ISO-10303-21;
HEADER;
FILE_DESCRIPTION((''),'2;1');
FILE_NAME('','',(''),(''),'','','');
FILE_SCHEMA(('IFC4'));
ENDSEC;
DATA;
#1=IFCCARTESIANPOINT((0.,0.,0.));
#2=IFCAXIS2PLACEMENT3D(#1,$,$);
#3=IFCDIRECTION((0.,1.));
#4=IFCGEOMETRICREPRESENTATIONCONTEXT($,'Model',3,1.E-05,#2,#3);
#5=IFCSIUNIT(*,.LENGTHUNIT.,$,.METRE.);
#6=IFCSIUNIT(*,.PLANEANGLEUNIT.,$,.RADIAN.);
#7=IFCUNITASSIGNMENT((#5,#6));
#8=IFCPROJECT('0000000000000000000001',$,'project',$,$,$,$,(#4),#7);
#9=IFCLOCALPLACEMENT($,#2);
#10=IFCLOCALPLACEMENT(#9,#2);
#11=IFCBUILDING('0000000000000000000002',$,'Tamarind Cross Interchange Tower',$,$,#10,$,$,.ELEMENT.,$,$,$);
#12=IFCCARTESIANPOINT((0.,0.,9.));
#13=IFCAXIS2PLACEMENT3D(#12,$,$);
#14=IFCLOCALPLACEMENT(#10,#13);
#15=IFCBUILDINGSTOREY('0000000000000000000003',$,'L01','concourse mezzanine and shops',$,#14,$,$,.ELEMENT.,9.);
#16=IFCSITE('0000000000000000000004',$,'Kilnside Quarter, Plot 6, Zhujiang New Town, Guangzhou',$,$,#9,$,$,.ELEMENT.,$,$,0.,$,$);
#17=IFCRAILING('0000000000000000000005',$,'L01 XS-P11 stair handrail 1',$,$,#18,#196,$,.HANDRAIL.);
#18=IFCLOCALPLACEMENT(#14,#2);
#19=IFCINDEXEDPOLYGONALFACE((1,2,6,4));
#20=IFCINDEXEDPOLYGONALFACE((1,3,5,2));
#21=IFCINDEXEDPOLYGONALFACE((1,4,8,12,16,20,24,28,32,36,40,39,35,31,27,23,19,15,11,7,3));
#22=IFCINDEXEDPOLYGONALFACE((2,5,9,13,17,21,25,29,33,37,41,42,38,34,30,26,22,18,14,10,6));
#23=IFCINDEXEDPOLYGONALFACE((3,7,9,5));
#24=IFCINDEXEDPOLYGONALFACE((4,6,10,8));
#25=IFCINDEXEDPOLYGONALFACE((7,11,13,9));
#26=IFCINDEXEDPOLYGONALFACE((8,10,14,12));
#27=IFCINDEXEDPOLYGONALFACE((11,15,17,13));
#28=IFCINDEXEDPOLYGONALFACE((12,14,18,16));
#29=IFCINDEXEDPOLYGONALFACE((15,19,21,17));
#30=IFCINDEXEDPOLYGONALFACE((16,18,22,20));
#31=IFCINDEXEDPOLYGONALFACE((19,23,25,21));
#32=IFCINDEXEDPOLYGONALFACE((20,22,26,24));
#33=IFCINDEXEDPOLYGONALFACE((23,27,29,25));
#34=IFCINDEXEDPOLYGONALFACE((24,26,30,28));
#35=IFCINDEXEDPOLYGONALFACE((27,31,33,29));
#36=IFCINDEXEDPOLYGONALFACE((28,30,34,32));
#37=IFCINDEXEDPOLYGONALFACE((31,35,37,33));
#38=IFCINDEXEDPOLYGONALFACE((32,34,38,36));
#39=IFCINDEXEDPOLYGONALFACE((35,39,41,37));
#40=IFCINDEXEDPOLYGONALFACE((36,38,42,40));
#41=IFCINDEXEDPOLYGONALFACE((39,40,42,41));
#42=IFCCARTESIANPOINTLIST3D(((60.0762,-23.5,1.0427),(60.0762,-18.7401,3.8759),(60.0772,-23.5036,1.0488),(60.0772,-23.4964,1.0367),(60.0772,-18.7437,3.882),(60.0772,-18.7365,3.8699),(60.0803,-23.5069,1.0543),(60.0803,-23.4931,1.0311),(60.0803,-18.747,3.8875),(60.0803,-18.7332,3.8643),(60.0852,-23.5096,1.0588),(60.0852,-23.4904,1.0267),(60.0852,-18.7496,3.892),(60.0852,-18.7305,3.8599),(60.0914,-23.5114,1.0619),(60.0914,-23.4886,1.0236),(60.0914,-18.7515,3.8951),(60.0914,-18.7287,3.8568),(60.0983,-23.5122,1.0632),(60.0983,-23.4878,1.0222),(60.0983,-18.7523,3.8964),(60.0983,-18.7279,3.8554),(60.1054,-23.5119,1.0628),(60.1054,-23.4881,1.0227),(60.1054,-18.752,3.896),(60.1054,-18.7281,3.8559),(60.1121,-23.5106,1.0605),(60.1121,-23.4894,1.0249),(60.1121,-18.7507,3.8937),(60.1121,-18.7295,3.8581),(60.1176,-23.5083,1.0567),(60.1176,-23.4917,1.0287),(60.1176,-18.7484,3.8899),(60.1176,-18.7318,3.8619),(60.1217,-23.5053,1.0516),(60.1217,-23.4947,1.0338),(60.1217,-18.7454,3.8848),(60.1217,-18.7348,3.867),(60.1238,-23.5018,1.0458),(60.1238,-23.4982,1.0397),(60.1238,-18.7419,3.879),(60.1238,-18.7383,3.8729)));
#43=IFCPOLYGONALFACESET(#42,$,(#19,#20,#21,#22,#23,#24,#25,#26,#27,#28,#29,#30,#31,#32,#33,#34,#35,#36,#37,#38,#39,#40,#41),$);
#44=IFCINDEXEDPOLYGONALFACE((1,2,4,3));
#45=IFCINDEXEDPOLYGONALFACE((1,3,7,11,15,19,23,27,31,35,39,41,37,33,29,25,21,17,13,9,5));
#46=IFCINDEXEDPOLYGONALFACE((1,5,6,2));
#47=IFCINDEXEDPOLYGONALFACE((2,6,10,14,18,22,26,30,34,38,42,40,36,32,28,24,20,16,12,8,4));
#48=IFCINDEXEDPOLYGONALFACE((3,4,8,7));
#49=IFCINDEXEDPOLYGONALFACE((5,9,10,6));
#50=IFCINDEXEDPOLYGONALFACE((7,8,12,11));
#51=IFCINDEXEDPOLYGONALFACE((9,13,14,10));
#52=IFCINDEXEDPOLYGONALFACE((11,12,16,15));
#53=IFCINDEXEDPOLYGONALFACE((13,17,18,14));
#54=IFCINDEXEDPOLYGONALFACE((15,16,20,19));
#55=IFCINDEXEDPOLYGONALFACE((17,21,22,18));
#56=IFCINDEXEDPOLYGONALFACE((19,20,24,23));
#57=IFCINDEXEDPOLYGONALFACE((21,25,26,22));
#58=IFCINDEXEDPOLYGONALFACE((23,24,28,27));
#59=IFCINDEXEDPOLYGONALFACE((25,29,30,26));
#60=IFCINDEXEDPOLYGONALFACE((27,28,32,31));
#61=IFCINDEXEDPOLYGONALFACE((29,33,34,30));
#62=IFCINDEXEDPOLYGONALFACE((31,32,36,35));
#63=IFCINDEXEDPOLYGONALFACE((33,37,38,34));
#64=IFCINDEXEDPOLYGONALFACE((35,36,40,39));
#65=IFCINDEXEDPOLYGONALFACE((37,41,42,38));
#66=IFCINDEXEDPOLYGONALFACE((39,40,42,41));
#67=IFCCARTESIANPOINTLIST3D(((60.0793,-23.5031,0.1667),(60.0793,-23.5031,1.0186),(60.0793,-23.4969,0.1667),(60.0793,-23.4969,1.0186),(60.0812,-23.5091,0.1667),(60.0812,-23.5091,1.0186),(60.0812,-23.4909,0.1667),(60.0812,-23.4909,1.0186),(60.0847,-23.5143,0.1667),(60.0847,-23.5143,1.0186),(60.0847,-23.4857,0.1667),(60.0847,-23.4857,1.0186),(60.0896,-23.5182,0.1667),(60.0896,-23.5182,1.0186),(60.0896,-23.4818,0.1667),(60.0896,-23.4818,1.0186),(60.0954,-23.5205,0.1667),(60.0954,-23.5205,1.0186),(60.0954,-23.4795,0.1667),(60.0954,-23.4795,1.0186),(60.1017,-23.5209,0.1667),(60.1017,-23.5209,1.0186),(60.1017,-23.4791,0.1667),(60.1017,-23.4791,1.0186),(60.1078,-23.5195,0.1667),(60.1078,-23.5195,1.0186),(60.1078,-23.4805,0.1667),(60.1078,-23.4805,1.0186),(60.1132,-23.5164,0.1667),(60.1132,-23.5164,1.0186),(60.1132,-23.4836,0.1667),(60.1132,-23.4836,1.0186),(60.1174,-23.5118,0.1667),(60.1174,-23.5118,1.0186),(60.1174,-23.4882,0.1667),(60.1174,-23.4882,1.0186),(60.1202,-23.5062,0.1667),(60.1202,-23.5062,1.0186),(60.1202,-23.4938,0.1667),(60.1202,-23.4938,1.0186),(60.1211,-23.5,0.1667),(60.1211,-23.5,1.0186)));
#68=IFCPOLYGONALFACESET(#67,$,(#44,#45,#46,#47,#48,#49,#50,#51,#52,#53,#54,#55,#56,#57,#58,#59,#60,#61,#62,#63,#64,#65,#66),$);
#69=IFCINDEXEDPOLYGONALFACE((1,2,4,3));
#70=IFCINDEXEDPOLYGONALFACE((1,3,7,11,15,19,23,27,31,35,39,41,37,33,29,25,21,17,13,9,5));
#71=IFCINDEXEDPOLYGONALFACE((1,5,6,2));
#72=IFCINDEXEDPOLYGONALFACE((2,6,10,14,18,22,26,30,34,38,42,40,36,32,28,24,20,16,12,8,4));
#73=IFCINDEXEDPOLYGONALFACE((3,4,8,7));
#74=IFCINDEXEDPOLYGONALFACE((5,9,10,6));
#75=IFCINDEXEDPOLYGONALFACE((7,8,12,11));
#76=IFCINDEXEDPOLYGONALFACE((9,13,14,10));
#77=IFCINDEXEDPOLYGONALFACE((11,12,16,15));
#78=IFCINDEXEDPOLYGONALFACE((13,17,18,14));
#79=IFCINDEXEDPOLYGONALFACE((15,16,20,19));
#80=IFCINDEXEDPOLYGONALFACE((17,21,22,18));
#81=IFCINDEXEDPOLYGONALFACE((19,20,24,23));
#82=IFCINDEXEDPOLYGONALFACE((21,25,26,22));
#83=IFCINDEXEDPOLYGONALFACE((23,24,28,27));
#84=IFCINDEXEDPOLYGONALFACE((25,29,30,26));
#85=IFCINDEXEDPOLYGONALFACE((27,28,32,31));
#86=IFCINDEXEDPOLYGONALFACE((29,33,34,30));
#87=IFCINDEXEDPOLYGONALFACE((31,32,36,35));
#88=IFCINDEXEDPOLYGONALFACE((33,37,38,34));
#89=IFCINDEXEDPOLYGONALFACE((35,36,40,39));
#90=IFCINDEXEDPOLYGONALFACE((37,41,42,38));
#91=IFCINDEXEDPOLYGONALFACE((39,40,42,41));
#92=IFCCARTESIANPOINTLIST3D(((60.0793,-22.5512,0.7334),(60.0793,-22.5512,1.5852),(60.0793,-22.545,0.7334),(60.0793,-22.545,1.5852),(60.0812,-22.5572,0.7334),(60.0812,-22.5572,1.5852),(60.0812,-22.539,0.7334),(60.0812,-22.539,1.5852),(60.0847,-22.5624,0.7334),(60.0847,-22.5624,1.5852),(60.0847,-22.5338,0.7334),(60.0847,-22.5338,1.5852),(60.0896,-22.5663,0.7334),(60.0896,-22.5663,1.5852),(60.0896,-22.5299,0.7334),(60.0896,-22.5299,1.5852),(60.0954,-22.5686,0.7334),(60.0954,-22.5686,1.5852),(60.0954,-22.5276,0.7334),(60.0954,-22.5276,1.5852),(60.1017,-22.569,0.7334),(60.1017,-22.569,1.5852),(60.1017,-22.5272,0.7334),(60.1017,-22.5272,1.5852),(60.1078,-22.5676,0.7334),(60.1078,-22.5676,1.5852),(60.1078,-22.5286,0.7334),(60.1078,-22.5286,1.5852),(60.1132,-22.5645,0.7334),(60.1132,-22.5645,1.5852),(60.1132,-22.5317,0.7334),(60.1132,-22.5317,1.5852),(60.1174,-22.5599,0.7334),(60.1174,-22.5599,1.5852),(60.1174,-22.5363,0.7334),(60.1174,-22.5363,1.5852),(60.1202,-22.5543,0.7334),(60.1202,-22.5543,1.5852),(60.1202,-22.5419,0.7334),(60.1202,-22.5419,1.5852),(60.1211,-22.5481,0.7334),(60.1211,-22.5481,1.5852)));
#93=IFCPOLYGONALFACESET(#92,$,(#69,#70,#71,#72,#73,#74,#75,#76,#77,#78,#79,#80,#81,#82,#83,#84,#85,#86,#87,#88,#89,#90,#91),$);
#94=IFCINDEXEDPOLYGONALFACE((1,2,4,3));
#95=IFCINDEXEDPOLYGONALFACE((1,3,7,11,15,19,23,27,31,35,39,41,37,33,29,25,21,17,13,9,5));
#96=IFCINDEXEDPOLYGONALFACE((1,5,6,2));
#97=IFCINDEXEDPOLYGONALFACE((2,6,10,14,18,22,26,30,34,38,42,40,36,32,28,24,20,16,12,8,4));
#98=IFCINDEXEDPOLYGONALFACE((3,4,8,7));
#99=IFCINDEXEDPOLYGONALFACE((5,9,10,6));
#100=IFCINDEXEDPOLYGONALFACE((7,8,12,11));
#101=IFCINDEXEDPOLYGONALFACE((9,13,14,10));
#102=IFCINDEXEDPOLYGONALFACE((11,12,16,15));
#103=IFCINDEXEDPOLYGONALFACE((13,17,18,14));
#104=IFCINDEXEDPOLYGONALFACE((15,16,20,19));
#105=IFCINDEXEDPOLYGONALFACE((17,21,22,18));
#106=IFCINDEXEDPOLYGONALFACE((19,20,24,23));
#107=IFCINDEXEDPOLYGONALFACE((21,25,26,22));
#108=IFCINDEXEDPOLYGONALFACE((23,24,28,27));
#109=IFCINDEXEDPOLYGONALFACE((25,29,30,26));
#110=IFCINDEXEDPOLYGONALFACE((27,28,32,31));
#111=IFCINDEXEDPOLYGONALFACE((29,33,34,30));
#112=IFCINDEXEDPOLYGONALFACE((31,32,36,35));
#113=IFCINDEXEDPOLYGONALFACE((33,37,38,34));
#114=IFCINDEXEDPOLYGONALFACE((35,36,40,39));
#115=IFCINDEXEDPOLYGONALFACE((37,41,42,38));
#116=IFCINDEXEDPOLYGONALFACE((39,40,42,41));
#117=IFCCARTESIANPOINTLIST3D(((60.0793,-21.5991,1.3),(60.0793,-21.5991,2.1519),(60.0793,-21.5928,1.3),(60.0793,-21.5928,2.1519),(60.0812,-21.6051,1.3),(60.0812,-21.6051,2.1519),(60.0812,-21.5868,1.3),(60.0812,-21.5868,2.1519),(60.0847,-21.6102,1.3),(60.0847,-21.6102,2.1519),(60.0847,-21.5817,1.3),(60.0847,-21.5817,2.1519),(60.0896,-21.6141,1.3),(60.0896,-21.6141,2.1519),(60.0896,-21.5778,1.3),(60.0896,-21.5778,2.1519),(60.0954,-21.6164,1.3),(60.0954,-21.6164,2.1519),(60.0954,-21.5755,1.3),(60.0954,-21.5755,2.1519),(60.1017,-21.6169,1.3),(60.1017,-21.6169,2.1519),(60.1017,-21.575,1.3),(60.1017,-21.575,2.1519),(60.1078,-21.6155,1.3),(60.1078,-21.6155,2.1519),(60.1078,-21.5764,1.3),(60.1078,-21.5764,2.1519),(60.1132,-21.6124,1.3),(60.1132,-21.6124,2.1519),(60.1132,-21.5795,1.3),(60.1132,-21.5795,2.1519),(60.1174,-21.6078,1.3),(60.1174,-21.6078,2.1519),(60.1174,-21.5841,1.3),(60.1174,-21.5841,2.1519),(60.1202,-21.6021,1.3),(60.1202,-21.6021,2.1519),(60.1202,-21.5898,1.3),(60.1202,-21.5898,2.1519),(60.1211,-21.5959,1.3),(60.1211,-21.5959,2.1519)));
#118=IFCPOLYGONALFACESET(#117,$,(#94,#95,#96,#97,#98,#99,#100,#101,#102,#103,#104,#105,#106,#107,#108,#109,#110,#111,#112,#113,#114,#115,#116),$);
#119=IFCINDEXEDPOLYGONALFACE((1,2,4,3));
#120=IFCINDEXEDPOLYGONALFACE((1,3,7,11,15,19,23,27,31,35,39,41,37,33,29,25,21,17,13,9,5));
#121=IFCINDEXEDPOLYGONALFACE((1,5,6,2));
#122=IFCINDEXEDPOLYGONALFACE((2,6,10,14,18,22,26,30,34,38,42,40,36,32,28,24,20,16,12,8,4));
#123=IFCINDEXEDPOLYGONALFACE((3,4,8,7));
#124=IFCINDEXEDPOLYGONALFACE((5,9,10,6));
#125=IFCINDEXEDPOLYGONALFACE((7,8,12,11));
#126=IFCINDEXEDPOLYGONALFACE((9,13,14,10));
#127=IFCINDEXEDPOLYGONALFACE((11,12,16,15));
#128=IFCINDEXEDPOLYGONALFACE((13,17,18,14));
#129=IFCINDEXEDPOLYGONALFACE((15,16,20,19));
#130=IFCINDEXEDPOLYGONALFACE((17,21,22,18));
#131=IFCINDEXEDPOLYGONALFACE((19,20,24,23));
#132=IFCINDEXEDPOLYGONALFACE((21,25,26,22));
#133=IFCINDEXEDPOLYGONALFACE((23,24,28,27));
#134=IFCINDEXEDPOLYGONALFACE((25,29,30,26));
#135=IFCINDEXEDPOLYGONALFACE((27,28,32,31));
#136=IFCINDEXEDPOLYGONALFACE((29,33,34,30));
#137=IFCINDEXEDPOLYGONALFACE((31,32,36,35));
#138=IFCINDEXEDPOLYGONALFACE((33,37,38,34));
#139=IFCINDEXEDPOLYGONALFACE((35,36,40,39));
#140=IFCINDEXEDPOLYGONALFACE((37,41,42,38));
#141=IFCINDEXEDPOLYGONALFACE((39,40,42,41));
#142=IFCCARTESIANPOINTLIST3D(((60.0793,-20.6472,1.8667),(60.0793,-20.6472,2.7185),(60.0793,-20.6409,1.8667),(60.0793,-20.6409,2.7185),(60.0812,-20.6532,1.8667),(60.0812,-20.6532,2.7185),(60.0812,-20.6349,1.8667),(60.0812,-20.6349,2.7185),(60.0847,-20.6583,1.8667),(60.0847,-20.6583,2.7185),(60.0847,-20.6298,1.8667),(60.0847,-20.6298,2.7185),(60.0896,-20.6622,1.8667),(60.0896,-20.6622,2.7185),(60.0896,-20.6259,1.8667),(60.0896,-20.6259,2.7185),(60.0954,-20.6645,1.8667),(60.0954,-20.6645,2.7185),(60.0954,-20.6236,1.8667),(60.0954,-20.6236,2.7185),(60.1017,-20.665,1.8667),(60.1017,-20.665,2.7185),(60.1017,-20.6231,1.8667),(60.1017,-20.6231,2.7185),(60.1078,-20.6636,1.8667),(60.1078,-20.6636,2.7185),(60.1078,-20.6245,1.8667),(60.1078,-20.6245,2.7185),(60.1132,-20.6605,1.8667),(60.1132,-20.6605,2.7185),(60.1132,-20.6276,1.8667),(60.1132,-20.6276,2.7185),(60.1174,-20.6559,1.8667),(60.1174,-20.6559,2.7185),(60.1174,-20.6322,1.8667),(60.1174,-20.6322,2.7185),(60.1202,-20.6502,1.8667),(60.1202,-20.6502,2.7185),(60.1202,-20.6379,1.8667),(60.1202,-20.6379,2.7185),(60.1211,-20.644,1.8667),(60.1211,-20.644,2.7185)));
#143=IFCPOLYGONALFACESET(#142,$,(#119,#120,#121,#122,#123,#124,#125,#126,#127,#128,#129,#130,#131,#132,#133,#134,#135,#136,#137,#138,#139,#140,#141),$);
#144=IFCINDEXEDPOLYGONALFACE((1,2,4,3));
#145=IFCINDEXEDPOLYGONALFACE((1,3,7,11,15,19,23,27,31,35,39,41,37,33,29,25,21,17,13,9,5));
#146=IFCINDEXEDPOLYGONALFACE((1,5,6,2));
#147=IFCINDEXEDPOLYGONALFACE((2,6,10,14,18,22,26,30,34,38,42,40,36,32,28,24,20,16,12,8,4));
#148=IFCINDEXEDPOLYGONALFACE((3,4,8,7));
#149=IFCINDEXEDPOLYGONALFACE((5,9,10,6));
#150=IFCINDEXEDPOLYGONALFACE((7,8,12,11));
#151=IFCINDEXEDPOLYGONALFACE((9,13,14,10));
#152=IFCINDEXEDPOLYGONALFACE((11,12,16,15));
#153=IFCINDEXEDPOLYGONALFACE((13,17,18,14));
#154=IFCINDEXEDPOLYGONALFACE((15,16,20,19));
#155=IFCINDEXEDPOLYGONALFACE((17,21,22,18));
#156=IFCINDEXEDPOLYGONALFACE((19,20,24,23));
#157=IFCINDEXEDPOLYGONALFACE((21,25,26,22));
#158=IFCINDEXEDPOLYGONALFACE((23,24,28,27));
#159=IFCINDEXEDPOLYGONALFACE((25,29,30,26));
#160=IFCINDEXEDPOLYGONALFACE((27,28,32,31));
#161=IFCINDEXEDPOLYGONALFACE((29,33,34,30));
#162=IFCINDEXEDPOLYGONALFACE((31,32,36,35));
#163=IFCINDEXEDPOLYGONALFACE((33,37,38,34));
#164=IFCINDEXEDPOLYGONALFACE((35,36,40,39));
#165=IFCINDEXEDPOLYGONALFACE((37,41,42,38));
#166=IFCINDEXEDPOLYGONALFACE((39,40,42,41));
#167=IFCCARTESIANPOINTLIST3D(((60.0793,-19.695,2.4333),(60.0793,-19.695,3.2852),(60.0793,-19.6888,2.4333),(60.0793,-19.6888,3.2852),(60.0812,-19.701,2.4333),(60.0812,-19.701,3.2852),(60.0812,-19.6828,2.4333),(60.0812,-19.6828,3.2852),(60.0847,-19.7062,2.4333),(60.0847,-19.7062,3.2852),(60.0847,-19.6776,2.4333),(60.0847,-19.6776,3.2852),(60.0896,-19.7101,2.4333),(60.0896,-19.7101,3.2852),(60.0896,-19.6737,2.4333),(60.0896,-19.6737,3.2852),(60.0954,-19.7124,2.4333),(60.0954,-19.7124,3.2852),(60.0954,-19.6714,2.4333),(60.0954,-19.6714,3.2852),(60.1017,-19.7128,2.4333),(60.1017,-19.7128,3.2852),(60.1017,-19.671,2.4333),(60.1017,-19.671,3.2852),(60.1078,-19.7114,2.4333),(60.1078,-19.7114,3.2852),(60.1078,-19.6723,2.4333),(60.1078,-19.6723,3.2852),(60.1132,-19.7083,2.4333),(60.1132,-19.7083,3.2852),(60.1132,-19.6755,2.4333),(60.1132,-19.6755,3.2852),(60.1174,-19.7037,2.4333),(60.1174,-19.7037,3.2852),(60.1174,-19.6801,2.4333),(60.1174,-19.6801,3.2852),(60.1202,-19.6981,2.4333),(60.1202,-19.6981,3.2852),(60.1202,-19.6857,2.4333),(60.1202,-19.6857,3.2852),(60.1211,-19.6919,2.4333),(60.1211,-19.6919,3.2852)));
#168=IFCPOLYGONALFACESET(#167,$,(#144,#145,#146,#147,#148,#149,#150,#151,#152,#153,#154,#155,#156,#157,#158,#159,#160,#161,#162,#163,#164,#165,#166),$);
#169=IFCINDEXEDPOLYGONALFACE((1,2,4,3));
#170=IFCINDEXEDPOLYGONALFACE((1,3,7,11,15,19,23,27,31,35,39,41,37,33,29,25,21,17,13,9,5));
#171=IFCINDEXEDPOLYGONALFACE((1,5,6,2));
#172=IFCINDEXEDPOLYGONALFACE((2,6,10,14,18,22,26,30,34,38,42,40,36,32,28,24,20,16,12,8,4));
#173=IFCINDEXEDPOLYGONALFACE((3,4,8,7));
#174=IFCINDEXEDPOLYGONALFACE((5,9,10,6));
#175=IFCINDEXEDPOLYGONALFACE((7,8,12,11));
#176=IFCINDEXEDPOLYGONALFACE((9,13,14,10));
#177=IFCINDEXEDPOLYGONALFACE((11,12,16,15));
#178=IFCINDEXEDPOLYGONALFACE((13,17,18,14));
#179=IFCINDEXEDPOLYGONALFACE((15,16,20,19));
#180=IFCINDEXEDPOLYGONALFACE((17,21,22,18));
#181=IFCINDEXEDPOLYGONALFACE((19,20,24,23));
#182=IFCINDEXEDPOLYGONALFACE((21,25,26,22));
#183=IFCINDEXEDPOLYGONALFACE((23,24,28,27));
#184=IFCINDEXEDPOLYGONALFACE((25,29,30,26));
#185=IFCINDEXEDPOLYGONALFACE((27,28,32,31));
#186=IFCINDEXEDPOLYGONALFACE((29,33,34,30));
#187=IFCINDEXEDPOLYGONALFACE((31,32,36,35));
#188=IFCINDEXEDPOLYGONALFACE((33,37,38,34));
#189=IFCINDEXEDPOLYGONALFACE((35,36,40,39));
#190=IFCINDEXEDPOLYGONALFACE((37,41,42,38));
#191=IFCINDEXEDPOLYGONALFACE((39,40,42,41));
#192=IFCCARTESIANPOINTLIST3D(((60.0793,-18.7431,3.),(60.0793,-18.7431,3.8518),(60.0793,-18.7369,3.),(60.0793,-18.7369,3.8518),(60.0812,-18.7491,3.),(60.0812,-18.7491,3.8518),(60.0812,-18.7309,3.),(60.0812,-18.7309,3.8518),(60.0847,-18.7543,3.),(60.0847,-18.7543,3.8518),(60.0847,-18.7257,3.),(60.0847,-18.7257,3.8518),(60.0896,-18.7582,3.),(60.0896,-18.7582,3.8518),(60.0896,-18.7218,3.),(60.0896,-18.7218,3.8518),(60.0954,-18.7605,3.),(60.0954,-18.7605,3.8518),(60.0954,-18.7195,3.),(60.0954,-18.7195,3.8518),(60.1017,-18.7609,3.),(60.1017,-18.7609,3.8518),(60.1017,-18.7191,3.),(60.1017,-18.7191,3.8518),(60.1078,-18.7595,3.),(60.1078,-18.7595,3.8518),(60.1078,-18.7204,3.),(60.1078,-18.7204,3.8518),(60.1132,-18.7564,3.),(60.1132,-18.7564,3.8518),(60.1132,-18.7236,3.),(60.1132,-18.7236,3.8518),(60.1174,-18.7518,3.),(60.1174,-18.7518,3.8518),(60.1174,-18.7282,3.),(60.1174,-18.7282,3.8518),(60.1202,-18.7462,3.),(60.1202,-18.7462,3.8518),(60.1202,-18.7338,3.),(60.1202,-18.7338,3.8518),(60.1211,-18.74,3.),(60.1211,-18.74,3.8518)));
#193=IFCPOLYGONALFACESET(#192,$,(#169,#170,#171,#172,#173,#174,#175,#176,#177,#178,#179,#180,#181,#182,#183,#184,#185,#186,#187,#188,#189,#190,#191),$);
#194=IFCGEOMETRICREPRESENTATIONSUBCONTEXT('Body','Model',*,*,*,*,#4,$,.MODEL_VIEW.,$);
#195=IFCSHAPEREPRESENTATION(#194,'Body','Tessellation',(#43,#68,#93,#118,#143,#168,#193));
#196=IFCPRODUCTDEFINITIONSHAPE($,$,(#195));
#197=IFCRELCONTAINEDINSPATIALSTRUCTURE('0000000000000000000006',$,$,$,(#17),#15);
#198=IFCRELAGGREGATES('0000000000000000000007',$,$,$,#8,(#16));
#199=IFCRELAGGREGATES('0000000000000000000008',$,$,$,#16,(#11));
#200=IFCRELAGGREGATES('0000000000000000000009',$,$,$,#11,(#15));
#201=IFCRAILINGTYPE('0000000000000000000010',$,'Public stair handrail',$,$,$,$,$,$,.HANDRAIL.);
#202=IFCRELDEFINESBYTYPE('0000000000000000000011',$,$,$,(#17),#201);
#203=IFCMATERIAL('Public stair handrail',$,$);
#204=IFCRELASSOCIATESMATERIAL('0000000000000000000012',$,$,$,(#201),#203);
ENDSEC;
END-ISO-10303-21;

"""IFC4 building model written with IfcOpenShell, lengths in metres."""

from ifc_helpers import new_model, si_unit, direction, frame, origin, origin_2d, place, context, subcontext, project, spatial, circle, extrude, material, type_object, element, save


model = new_model("IFC4")

# Units and contexts
model_context = context("Model", 3, precision=1e-05, world=origin(), true_north=direction((0.0, 1.0)))
body_context = subcontext(model_context, "Body", "Model", "MODEL_VIEW")
ifc_project = project(units=[si_unit("LENGTHUNIT", "METRE"), si_unit("PLANEANGLEUNIT", "RADIAN")], contexts=[model_context])

# Site, building, storey
site_placement = place(None, origin())
site = spatial("IfcSite", under=ifc_project, at=site_placement, Name="Kilnside Quarter, Plot 6, Zhujiang New Town, Guangzhou", CompositionType="ELEMENT", RefElevation=0.0)
building_placement = place(site_placement, origin())
building = spatial("IfcBuilding", under=site, at=building_placement, Name="Tamarind Cross Interchange Tower", CompositionType="ELEMENT")
storey_placement = place(building_placement, frame((0.0, 0.0, 9.0)))
storey = spatial("IfcBuildingStorey", under=building, at=storey_placement, Name="L01", Description="concourse mezzanine and shops", CompositionType="ELEMENT", Elevation=9.0)

# Railing
ifc_material_1 = material(Name="Public stair handrail")
railing_type_1 = type_object("IfcRailingType", Name="Public stair handrail", PredefinedType="HANDRAIL", material=ifc_material_1)
railing_1_placement = place(storey_placement, frame((60.1001, -23.5, 0.1667)))
element("IfcRailing", 1, at=railing_1_placement, inside=storey, type_object=railing_type_1, Name="L01 XS-P11 stair handrail 1", PredefinedType="HANDRAIL", context=body_context, shape_type="SweptSolid", body=[
    extrude(circle(Radius=0.0239, at=origin_2d()), frame((0.0, 0.0, 0.876), z_axis=(0.0, 0.8593, 0.511472), x_axis=(-1.0, 0.0, 0.0)), (0.0, 0.0, 1.0), 5.5393),
    extrude(circle(Radius=0.021, at=origin_2d()), origin(), (0.0, 0.0, 1.0), 0.8518),
    extrude(circle(Radius=0.021, at=origin_2d()), frame((0.0, 0.9519, 0.5667)), (0.0, 0.0, 1.0), 0.8518),
    extrude(circle(Radius=0.021, at=origin_2d()), frame((0.0, 1.9041, 1.1333)), (0.0, 0.0, 1.0), 0.8518),
    extrude(circle(Radius=0.021, at=origin_2d()), frame((0.0, 2.856, 1.7)), (0.0, 0.0, 1.0), 0.8518),
    extrude(circle(Radius=0.021, at=origin_2d()), frame((0.0, 3.8081, 2.2666)), (0.0, 0.0, 1.0), 0.8518),
    extrude(circle(Radius=0.021, at=origin_2d()), frame((0.0, 4.76, 2.8333)), (0.0, 0.0, 1.0), 0.8518),
])

save(model, "model.ifc")
